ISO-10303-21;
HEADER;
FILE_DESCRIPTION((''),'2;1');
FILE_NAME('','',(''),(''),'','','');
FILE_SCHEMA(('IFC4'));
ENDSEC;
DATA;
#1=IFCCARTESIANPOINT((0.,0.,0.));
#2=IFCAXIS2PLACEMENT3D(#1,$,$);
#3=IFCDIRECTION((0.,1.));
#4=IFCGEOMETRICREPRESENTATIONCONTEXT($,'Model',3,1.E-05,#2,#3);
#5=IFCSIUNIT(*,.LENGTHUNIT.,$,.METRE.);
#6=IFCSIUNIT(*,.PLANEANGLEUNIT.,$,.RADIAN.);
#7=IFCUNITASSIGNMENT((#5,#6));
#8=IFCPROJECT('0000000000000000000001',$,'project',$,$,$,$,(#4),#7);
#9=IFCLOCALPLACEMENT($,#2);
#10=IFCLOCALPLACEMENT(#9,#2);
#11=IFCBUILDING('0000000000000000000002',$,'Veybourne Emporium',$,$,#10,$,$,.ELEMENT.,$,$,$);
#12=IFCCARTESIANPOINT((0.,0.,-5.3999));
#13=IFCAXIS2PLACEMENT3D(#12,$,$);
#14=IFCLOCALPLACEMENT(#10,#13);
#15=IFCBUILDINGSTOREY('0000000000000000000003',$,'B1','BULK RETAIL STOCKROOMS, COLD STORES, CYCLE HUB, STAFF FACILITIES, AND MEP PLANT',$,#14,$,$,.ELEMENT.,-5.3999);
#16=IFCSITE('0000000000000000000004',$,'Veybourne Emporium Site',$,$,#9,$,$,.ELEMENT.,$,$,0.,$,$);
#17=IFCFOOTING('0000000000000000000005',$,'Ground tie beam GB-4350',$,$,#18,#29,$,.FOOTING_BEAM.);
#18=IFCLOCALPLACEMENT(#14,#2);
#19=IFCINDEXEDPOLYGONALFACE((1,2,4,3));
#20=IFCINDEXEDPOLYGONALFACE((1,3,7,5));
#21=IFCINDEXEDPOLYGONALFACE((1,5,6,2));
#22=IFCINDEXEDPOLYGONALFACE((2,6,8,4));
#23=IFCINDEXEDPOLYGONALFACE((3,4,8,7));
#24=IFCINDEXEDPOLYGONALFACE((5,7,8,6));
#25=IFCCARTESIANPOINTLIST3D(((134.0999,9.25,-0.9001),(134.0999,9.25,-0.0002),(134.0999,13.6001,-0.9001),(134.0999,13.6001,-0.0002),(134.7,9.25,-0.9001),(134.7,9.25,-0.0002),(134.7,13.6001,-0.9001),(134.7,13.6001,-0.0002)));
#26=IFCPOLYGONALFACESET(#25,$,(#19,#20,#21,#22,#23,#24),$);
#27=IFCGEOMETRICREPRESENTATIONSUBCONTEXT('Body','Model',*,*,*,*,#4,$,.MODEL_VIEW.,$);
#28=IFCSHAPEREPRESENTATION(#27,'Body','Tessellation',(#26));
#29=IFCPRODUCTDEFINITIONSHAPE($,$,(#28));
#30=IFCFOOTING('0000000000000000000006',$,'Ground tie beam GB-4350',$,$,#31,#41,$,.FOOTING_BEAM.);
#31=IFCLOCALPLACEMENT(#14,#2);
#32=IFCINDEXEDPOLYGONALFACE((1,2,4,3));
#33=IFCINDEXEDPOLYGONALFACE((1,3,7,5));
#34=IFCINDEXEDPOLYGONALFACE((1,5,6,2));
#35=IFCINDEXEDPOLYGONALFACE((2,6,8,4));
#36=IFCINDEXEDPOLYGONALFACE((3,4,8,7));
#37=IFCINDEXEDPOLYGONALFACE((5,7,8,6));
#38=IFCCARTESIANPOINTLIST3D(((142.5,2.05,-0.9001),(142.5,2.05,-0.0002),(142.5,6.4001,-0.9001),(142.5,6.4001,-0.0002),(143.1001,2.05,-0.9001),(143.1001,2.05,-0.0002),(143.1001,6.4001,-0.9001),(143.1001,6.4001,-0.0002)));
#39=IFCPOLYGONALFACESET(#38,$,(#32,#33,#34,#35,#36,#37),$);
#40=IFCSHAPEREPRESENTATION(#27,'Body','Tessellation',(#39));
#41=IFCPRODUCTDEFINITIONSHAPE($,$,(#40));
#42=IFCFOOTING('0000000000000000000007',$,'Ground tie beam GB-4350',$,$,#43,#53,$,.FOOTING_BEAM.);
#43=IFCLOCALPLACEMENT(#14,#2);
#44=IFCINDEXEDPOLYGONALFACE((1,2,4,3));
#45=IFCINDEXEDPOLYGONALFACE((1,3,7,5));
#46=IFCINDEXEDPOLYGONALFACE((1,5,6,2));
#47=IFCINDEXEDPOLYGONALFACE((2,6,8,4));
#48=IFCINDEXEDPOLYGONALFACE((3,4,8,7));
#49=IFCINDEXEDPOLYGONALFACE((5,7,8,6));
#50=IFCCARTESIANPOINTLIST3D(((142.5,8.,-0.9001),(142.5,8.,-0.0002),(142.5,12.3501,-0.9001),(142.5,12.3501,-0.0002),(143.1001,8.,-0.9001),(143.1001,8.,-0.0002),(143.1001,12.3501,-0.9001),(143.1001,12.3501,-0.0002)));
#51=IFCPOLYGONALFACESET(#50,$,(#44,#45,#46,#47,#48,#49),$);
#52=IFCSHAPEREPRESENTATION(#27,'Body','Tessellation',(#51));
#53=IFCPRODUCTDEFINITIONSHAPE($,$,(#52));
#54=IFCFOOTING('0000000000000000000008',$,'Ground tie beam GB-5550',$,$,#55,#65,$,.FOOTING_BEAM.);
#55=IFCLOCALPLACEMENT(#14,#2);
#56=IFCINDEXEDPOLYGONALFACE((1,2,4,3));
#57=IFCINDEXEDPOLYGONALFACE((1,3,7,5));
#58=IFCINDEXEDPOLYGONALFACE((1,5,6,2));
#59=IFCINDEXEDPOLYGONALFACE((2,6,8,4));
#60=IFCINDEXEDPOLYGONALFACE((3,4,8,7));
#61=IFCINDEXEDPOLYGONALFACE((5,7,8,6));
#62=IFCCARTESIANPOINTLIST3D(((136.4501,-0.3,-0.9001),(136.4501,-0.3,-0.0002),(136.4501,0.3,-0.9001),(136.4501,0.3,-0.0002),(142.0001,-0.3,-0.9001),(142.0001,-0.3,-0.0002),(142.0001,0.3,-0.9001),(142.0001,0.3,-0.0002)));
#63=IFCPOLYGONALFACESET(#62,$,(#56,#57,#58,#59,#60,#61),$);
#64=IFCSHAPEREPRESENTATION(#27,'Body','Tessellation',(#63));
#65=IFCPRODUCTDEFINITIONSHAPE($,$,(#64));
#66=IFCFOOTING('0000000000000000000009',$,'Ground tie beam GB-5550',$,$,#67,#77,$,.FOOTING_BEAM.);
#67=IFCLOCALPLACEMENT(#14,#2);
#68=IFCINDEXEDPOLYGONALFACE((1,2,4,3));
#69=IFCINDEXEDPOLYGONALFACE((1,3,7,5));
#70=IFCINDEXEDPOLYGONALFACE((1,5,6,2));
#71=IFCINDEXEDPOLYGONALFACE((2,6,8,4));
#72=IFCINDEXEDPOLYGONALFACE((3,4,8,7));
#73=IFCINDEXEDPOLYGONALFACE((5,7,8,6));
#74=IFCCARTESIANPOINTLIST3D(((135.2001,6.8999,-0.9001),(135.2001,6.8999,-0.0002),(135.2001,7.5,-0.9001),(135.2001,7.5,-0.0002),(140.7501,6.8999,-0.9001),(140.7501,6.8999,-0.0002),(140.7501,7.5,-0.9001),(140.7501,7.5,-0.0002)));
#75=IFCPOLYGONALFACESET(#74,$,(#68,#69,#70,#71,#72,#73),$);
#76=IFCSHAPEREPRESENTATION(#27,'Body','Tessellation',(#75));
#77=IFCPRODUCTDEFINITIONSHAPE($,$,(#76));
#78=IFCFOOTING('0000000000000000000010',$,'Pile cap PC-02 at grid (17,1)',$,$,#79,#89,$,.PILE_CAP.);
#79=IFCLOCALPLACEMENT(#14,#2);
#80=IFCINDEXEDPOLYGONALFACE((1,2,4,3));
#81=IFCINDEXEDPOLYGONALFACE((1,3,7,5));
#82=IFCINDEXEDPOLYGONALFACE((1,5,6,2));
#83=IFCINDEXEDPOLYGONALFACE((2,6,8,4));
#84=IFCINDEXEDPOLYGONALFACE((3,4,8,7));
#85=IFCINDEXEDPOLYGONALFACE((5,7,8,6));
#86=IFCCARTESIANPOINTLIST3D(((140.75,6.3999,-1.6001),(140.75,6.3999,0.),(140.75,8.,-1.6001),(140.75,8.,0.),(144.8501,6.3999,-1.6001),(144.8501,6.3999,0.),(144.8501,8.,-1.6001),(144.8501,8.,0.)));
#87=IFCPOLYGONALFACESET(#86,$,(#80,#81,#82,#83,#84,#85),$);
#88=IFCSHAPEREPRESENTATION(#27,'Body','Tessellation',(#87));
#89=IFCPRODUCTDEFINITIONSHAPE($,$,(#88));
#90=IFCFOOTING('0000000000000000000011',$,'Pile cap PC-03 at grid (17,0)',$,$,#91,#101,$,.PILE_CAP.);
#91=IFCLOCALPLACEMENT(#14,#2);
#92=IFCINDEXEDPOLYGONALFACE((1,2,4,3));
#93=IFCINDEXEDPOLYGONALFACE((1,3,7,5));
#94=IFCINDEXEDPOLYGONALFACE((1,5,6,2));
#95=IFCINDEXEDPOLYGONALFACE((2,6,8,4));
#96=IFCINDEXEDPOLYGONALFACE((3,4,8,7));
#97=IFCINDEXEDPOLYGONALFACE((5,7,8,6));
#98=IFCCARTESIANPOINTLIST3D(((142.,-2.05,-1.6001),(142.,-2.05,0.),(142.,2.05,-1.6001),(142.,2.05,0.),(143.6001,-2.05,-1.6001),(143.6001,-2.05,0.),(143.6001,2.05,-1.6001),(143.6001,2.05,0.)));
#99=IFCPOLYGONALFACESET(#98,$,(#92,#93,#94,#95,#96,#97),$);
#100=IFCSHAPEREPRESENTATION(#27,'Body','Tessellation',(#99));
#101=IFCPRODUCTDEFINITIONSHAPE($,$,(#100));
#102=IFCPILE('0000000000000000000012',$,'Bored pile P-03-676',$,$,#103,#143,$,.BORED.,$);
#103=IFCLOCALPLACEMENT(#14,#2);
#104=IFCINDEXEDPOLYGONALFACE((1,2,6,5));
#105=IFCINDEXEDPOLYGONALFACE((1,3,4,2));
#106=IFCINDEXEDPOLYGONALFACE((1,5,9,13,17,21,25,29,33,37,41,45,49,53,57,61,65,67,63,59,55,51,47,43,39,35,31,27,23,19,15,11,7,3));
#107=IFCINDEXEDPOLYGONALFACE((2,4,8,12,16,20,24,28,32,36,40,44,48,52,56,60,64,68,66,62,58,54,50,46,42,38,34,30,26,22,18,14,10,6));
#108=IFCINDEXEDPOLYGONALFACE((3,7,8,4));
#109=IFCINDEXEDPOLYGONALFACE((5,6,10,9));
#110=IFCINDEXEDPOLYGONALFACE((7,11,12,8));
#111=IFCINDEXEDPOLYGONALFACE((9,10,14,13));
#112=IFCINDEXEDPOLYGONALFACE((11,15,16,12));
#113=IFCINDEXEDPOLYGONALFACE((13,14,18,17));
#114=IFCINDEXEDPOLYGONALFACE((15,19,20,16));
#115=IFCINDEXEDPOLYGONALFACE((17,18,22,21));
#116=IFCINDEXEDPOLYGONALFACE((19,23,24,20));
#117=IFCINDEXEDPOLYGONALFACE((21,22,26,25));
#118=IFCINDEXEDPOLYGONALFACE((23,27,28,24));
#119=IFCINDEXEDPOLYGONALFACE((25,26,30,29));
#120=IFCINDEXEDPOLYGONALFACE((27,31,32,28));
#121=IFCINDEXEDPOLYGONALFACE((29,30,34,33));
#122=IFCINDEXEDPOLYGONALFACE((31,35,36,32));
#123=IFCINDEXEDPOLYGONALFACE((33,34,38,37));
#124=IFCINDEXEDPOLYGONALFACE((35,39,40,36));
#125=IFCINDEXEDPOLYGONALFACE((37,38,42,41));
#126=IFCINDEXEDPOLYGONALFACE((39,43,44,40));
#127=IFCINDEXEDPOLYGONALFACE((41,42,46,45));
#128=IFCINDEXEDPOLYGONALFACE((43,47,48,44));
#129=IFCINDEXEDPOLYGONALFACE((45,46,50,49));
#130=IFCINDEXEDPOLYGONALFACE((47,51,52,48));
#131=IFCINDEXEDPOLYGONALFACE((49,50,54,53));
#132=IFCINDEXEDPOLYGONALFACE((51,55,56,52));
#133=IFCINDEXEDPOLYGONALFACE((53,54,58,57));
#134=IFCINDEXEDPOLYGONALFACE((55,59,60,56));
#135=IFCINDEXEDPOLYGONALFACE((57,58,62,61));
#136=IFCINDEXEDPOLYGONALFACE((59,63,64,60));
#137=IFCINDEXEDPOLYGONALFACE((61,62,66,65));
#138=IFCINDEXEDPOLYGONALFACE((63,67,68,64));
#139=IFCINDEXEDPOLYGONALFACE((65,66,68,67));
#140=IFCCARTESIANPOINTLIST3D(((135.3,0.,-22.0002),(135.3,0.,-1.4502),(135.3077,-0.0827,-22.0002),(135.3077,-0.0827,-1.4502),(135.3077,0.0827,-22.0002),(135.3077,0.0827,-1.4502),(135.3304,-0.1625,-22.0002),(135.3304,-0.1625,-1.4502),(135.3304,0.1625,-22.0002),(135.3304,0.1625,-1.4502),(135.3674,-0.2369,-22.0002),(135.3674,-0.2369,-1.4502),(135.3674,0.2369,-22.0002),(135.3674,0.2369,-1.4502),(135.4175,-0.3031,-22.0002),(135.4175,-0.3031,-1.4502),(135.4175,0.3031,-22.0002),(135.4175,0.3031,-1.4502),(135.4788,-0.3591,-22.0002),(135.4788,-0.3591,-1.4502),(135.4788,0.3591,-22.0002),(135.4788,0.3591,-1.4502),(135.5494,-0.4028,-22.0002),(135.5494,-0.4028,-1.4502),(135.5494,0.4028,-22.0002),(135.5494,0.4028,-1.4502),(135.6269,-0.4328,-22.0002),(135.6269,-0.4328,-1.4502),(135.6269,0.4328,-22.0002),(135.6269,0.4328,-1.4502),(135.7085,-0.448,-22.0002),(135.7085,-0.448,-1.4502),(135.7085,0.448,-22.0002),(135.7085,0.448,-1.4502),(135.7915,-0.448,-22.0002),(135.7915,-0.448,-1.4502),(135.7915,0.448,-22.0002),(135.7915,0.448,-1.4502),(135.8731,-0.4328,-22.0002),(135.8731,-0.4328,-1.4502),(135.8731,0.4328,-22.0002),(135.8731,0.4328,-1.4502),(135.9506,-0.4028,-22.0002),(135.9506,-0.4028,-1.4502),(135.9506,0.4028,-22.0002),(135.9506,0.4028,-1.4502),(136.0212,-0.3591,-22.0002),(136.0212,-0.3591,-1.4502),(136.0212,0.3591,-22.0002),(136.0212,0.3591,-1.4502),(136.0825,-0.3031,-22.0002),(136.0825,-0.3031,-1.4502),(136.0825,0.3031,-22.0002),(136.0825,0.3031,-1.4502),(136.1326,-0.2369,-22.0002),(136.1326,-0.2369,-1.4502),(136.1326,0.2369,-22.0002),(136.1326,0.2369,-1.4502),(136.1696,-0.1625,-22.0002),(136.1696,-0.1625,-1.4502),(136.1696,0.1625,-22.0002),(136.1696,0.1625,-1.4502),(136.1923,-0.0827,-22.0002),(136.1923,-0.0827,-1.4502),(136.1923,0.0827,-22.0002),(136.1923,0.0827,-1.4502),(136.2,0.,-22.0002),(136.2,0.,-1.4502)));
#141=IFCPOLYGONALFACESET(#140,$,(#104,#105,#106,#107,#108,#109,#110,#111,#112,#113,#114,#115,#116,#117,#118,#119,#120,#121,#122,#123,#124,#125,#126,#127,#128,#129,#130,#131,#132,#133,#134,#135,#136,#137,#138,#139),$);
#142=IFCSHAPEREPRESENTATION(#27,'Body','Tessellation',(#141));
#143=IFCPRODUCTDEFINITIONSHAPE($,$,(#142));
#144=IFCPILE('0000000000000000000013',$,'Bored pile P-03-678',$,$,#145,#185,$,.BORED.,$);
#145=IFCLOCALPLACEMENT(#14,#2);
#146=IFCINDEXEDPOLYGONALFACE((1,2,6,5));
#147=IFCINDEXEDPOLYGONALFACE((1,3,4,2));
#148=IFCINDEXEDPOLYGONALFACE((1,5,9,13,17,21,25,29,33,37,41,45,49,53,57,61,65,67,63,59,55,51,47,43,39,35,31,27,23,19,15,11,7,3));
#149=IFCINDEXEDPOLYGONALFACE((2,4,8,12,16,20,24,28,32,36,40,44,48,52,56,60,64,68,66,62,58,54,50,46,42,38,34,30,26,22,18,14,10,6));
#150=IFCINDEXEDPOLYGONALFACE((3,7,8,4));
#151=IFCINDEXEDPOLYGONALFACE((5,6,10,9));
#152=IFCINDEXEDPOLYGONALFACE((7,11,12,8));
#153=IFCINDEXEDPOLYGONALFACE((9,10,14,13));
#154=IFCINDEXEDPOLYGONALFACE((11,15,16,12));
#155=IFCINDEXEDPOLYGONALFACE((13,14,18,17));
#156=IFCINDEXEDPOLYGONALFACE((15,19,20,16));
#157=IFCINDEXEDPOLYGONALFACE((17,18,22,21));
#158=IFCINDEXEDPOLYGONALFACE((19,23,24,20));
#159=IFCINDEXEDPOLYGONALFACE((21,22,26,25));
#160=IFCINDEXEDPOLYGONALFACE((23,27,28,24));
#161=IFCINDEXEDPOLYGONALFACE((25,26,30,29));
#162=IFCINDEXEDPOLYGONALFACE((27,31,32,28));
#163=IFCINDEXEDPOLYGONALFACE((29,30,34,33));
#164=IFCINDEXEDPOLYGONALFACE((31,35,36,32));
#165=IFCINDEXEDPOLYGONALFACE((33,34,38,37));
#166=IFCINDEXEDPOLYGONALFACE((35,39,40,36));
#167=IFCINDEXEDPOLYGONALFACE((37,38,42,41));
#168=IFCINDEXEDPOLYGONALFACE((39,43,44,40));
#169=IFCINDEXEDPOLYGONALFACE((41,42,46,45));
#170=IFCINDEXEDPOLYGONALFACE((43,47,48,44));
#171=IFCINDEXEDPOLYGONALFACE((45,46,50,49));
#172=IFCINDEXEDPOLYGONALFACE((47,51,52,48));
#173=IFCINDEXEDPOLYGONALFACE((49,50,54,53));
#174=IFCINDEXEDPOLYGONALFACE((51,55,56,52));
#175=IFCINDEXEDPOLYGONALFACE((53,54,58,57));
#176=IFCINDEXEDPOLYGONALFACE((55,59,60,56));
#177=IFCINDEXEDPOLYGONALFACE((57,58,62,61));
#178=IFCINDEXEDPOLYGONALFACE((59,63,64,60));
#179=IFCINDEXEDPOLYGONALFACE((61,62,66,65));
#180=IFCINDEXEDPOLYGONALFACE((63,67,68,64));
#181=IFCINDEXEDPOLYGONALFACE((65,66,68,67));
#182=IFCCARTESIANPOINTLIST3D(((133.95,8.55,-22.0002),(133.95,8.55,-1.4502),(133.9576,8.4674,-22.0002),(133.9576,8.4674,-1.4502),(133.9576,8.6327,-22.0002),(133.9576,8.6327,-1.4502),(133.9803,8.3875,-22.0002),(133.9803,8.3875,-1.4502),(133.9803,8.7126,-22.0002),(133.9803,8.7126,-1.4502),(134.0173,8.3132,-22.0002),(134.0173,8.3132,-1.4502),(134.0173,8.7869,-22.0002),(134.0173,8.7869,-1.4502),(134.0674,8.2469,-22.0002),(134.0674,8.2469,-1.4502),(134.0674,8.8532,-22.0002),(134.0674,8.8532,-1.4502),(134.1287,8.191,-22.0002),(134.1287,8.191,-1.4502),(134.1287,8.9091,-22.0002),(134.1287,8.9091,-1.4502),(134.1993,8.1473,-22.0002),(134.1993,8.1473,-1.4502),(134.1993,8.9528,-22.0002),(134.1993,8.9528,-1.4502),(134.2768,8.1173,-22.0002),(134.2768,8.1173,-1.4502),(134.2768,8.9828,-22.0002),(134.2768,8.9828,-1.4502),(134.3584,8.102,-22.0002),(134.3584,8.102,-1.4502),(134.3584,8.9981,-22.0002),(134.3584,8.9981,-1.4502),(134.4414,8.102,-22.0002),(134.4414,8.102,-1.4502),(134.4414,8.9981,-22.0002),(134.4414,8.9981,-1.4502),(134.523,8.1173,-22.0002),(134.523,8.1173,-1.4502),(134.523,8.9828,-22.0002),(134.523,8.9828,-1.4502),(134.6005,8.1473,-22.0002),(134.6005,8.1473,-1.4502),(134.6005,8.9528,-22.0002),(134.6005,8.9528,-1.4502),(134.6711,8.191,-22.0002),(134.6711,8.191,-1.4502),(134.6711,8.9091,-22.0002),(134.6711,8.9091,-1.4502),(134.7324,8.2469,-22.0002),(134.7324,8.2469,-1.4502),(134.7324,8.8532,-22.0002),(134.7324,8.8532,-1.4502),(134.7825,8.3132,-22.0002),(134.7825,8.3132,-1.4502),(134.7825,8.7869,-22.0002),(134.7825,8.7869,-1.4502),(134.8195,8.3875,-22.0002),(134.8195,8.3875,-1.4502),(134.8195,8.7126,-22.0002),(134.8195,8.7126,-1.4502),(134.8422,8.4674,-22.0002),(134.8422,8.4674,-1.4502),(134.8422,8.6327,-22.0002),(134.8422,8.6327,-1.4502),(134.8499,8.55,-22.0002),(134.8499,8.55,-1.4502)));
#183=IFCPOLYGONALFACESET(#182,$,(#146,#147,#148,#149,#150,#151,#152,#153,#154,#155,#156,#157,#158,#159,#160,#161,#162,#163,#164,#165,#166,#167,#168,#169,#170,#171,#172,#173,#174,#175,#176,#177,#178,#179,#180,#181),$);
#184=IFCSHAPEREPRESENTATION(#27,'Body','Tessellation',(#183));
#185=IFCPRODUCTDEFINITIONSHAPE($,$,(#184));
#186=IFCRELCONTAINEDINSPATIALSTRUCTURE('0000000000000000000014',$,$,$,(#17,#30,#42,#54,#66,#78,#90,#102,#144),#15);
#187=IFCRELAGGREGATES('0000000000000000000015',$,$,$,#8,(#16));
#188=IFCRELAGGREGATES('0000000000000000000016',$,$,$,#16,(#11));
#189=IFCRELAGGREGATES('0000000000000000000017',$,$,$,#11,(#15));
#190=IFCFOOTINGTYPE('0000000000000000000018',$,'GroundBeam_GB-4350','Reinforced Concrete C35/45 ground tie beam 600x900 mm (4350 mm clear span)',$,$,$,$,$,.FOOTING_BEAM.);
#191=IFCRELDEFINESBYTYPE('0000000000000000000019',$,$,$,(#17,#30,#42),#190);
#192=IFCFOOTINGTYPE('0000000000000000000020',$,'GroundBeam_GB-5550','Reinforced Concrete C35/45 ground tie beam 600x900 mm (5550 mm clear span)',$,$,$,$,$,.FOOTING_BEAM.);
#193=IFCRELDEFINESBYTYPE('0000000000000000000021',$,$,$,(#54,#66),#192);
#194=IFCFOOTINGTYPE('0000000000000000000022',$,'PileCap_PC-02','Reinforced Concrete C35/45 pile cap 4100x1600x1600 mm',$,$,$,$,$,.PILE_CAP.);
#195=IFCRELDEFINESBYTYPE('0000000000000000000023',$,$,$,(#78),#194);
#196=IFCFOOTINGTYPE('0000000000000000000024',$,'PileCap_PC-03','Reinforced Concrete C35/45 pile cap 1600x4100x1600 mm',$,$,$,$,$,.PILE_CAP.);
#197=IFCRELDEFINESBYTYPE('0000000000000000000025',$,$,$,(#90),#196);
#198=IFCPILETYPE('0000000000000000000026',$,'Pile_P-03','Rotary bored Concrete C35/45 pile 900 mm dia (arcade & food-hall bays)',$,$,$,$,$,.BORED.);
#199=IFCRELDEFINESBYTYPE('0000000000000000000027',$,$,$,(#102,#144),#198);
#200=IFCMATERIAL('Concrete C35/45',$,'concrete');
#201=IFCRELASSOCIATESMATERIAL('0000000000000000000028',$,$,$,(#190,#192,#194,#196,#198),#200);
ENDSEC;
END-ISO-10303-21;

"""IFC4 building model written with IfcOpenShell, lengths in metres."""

from ifc_helpers import new_model, si_unit, direction, frame, origin, origin_2d, place, context, subcontext, project, spatial, rectangle, circle, extrude, material, material_profile, profile_set, type_object, element, save


model = new_model("IFC4")

# Units and contexts
model_context = context("Model", 3, precision=1e-05, world=origin(), true_north=direction((0.0, 1.0)))
body_context = subcontext(model_context, "Body", "Model", "MODEL_VIEW")
ifc_project = project(units=[si_unit("LENGTHUNIT", "METRE"), si_unit("PLANEANGLEUNIT", "RADIAN")], contexts=[model_context])

# Site, building, storey
site_placement = place(None, origin())
site = spatial("IfcSite", under=ifc_project, at=site_placement, Name="Veybourne Emporium Site", CompositionType="ELEMENT", RefElevation=0.0)
building_placement = place(site_placement, origin())
building = spatial("IfcBuilding", under=site, at=building_placement, Name="Veybourne Emporium", CompositionType="ELEMENT")
storey_placement = place(building_placement, frame((0.0, 0.0, -5.3999)))
storey = spatial("IfcBuildingStorey", under=building, at=storey_placement, Name="B1", Description="BULK RETAIL STOCKROOMS, COLD STORES, CYCLE HUB, STAFF FACILITIES, AND MEP PLANT", CompositionType="ELEMENT", Elevation=-5.3999)

# Footings
ifc_material_1 = material(Name="Concrete C35/45", Category="concrete")
footing_type_1 = type_object("IfcFootingType", Name="GroundBeam_GB-4350", Description="Reinforced Concrete C35/45 ground tie beam 600x900 mm (4350 mm clear span)", PredefinedType="FOOTING_BEAM", material=ifc_material_1)
for number, where, z_axis, x_axis, name in (
    (1, (134.3999, 11.425, -0.9001), (0.0, 0.0, 1.0), (0.0, 1.0, 0.0), "Ground tie beam GB-4350"),
    (2, (142.8, 4.2251, -0.9001), (0.0, 0.0, 1.0), (0.0, 1.0, 0.0), "Ground tie beam GB-4350"),
    (3, (142.8, 10.175, -0.9001), (0.0, 0.0, 1.0), (0.0, 1.0, 0.0), "Ground tie beam GB-4350"),
):
    element("IfcFooting", number, at=place(storey_placement, frame(where, z_axis=z_axis, x_axis=x_axis)), inside=storey, type_object=footing_type_1, Name=name, PredefinedType="FOOTING_BEAM", context=body_context, shape_type="SweptSolid", body=[
        extrude(rectangle(XDim=4.3501, YDim=0.6001, at=origin_2d()), origin(), (0.0, 0.0, 1.0), 0.8999),
    ])
footing_type_2 = type_object("IfcFootingType", Name="GroundBeam_GB-5550", Description="Reinforced Concrete C35/45 ground tie beam 600x900 mm (5550 mm clear span)", PredefinedType="FOOTING_BEAM", material=ifc_material_1)
for number, where, z_axis, x_axis, name in (
    (4, (139.2251, 0.0, -0.9001), (0.0, 0.0, 1.0), (1.0, 0.0, 0.0), "Ground tie beam GB-5550"),
    (5, (137.9751, 7.2, -0.9001), (0.0, 0.0, 1.0), (1.0, 0.0, 0.0), "Ground tie beam GB-5550"),
):
    element("IfcFooting", number, at=place(storey_placement, frame(where, z_axis=z_axis, x_axis=x_axis)), inside=storey, type_object=footing_type_2, Name=name, PredefinedType="FOOTING_BEAM", context=body_context, shape_type="SweptSolid", body=[
        extrude(rectangle(XDim=5.55, YDim=0.6001, at=origin_2d()), origin(), (0.0, 0.0, 1.0), 0.8999),
    ])
footing_type_3 = type_object("IfcFootingType", Name="PileCap_PC-02", Description="Reinforced Concrete C35/45 pile cap 4100x1600x1600 mm", PredefinedType="PILE_CAP", material=ifc_material_1)
footing_1_placement = place(storey_placement, frame((142.8, 7.2, -1.6001), z_axis=(0.0, 0.0, 1.0), x_axis=(1.0, 0.0, 0.0)))
element("IfcFooting", 6, at=footing_1_placement, inside=storey, type_object=footing_type_3, Name="Pile cap PC-02 at grid (17,1)", PredefinedType="PILE_CAP", context=body_context, shape_type="SweptSolid", body=[
    extrude(rectangle(XDim=4.1001, YDim=1.6001, at=origin_2d()), origin(), (0.0, 0.0, 1.0), 1.6001),
])
footing_type_4 = type_object("IfcFootingType", Name="PileCap_PC-03", Description="Reinforced Concrete C35/45 pile cap 1600x4100x1600 mm", PredefinedType="PILE_CAP", material=ifc_material_1)
footing_2_placement = place(storey_placement, frame((142.8, 0.0, -1.6001), z_axis=(0.0, 0.0, 1.0), x_axis=(1.0, 0.0, 0.0)))
element("IfcFooting", 7, at=footing_2_placement, inside=storey, type_object=footing_type_4, Name="Pile cap PC-03 at grid (17,0)", PredefinedType="PILE_CAP", context=body_context, shape_type="SweptSolid", body=[
    extrude(rectangle(XDim=1.6001, YDim=4.1001, at=origin_2d()), origin(), (0.0, 0.0, 1.0), 1.6001),
])

# Piles
ifc_material_profile_1 = material_profile(ifc_material_1, circle(Radius=0.45, at=origin_2d()), Name="BORED PILE 900")
ifc_profile_set_1 = profile_set([ifc_material_profile_1], Name="Concrete C35/45")
pile_type = type_object("IfcPileType", Name="Pile_P-03", Description="Rotary bored Concrete C35/45 pile 900 mm dia (arcade & food-hall bays)", PredefinedType="BORED", material=ifc_profile_set_1)
for number, where, z_axis, x_axis, name in (
    (8, (135.75, 0.0, -1.4502), (0.0, 0.0, -1.0), (1.0, 0.0, 0.0), "Bored pile P-03-676"),
    (9, (134.3999, 8.55, -1.4502), (0.0, 0.0, -1.0), (1.0, 0.0, 0.0), "Bored pile P-03-678"),
):
    element("IfcPile", number, at=place(storey_placement, frame(where, z_axis=z_axis, x_axis=x_axis)), inside=storey, type_object=pile_type, Name=name, PredefinedType="BORED", context=body_context, shape_type="SweptSolid", body=[
        extrude(circle(Radius=0.45, at=origin_2d()), origin(), (0.0, 0.0, 1.0), 20.55),
    ])

save(model, "model.ifc")
